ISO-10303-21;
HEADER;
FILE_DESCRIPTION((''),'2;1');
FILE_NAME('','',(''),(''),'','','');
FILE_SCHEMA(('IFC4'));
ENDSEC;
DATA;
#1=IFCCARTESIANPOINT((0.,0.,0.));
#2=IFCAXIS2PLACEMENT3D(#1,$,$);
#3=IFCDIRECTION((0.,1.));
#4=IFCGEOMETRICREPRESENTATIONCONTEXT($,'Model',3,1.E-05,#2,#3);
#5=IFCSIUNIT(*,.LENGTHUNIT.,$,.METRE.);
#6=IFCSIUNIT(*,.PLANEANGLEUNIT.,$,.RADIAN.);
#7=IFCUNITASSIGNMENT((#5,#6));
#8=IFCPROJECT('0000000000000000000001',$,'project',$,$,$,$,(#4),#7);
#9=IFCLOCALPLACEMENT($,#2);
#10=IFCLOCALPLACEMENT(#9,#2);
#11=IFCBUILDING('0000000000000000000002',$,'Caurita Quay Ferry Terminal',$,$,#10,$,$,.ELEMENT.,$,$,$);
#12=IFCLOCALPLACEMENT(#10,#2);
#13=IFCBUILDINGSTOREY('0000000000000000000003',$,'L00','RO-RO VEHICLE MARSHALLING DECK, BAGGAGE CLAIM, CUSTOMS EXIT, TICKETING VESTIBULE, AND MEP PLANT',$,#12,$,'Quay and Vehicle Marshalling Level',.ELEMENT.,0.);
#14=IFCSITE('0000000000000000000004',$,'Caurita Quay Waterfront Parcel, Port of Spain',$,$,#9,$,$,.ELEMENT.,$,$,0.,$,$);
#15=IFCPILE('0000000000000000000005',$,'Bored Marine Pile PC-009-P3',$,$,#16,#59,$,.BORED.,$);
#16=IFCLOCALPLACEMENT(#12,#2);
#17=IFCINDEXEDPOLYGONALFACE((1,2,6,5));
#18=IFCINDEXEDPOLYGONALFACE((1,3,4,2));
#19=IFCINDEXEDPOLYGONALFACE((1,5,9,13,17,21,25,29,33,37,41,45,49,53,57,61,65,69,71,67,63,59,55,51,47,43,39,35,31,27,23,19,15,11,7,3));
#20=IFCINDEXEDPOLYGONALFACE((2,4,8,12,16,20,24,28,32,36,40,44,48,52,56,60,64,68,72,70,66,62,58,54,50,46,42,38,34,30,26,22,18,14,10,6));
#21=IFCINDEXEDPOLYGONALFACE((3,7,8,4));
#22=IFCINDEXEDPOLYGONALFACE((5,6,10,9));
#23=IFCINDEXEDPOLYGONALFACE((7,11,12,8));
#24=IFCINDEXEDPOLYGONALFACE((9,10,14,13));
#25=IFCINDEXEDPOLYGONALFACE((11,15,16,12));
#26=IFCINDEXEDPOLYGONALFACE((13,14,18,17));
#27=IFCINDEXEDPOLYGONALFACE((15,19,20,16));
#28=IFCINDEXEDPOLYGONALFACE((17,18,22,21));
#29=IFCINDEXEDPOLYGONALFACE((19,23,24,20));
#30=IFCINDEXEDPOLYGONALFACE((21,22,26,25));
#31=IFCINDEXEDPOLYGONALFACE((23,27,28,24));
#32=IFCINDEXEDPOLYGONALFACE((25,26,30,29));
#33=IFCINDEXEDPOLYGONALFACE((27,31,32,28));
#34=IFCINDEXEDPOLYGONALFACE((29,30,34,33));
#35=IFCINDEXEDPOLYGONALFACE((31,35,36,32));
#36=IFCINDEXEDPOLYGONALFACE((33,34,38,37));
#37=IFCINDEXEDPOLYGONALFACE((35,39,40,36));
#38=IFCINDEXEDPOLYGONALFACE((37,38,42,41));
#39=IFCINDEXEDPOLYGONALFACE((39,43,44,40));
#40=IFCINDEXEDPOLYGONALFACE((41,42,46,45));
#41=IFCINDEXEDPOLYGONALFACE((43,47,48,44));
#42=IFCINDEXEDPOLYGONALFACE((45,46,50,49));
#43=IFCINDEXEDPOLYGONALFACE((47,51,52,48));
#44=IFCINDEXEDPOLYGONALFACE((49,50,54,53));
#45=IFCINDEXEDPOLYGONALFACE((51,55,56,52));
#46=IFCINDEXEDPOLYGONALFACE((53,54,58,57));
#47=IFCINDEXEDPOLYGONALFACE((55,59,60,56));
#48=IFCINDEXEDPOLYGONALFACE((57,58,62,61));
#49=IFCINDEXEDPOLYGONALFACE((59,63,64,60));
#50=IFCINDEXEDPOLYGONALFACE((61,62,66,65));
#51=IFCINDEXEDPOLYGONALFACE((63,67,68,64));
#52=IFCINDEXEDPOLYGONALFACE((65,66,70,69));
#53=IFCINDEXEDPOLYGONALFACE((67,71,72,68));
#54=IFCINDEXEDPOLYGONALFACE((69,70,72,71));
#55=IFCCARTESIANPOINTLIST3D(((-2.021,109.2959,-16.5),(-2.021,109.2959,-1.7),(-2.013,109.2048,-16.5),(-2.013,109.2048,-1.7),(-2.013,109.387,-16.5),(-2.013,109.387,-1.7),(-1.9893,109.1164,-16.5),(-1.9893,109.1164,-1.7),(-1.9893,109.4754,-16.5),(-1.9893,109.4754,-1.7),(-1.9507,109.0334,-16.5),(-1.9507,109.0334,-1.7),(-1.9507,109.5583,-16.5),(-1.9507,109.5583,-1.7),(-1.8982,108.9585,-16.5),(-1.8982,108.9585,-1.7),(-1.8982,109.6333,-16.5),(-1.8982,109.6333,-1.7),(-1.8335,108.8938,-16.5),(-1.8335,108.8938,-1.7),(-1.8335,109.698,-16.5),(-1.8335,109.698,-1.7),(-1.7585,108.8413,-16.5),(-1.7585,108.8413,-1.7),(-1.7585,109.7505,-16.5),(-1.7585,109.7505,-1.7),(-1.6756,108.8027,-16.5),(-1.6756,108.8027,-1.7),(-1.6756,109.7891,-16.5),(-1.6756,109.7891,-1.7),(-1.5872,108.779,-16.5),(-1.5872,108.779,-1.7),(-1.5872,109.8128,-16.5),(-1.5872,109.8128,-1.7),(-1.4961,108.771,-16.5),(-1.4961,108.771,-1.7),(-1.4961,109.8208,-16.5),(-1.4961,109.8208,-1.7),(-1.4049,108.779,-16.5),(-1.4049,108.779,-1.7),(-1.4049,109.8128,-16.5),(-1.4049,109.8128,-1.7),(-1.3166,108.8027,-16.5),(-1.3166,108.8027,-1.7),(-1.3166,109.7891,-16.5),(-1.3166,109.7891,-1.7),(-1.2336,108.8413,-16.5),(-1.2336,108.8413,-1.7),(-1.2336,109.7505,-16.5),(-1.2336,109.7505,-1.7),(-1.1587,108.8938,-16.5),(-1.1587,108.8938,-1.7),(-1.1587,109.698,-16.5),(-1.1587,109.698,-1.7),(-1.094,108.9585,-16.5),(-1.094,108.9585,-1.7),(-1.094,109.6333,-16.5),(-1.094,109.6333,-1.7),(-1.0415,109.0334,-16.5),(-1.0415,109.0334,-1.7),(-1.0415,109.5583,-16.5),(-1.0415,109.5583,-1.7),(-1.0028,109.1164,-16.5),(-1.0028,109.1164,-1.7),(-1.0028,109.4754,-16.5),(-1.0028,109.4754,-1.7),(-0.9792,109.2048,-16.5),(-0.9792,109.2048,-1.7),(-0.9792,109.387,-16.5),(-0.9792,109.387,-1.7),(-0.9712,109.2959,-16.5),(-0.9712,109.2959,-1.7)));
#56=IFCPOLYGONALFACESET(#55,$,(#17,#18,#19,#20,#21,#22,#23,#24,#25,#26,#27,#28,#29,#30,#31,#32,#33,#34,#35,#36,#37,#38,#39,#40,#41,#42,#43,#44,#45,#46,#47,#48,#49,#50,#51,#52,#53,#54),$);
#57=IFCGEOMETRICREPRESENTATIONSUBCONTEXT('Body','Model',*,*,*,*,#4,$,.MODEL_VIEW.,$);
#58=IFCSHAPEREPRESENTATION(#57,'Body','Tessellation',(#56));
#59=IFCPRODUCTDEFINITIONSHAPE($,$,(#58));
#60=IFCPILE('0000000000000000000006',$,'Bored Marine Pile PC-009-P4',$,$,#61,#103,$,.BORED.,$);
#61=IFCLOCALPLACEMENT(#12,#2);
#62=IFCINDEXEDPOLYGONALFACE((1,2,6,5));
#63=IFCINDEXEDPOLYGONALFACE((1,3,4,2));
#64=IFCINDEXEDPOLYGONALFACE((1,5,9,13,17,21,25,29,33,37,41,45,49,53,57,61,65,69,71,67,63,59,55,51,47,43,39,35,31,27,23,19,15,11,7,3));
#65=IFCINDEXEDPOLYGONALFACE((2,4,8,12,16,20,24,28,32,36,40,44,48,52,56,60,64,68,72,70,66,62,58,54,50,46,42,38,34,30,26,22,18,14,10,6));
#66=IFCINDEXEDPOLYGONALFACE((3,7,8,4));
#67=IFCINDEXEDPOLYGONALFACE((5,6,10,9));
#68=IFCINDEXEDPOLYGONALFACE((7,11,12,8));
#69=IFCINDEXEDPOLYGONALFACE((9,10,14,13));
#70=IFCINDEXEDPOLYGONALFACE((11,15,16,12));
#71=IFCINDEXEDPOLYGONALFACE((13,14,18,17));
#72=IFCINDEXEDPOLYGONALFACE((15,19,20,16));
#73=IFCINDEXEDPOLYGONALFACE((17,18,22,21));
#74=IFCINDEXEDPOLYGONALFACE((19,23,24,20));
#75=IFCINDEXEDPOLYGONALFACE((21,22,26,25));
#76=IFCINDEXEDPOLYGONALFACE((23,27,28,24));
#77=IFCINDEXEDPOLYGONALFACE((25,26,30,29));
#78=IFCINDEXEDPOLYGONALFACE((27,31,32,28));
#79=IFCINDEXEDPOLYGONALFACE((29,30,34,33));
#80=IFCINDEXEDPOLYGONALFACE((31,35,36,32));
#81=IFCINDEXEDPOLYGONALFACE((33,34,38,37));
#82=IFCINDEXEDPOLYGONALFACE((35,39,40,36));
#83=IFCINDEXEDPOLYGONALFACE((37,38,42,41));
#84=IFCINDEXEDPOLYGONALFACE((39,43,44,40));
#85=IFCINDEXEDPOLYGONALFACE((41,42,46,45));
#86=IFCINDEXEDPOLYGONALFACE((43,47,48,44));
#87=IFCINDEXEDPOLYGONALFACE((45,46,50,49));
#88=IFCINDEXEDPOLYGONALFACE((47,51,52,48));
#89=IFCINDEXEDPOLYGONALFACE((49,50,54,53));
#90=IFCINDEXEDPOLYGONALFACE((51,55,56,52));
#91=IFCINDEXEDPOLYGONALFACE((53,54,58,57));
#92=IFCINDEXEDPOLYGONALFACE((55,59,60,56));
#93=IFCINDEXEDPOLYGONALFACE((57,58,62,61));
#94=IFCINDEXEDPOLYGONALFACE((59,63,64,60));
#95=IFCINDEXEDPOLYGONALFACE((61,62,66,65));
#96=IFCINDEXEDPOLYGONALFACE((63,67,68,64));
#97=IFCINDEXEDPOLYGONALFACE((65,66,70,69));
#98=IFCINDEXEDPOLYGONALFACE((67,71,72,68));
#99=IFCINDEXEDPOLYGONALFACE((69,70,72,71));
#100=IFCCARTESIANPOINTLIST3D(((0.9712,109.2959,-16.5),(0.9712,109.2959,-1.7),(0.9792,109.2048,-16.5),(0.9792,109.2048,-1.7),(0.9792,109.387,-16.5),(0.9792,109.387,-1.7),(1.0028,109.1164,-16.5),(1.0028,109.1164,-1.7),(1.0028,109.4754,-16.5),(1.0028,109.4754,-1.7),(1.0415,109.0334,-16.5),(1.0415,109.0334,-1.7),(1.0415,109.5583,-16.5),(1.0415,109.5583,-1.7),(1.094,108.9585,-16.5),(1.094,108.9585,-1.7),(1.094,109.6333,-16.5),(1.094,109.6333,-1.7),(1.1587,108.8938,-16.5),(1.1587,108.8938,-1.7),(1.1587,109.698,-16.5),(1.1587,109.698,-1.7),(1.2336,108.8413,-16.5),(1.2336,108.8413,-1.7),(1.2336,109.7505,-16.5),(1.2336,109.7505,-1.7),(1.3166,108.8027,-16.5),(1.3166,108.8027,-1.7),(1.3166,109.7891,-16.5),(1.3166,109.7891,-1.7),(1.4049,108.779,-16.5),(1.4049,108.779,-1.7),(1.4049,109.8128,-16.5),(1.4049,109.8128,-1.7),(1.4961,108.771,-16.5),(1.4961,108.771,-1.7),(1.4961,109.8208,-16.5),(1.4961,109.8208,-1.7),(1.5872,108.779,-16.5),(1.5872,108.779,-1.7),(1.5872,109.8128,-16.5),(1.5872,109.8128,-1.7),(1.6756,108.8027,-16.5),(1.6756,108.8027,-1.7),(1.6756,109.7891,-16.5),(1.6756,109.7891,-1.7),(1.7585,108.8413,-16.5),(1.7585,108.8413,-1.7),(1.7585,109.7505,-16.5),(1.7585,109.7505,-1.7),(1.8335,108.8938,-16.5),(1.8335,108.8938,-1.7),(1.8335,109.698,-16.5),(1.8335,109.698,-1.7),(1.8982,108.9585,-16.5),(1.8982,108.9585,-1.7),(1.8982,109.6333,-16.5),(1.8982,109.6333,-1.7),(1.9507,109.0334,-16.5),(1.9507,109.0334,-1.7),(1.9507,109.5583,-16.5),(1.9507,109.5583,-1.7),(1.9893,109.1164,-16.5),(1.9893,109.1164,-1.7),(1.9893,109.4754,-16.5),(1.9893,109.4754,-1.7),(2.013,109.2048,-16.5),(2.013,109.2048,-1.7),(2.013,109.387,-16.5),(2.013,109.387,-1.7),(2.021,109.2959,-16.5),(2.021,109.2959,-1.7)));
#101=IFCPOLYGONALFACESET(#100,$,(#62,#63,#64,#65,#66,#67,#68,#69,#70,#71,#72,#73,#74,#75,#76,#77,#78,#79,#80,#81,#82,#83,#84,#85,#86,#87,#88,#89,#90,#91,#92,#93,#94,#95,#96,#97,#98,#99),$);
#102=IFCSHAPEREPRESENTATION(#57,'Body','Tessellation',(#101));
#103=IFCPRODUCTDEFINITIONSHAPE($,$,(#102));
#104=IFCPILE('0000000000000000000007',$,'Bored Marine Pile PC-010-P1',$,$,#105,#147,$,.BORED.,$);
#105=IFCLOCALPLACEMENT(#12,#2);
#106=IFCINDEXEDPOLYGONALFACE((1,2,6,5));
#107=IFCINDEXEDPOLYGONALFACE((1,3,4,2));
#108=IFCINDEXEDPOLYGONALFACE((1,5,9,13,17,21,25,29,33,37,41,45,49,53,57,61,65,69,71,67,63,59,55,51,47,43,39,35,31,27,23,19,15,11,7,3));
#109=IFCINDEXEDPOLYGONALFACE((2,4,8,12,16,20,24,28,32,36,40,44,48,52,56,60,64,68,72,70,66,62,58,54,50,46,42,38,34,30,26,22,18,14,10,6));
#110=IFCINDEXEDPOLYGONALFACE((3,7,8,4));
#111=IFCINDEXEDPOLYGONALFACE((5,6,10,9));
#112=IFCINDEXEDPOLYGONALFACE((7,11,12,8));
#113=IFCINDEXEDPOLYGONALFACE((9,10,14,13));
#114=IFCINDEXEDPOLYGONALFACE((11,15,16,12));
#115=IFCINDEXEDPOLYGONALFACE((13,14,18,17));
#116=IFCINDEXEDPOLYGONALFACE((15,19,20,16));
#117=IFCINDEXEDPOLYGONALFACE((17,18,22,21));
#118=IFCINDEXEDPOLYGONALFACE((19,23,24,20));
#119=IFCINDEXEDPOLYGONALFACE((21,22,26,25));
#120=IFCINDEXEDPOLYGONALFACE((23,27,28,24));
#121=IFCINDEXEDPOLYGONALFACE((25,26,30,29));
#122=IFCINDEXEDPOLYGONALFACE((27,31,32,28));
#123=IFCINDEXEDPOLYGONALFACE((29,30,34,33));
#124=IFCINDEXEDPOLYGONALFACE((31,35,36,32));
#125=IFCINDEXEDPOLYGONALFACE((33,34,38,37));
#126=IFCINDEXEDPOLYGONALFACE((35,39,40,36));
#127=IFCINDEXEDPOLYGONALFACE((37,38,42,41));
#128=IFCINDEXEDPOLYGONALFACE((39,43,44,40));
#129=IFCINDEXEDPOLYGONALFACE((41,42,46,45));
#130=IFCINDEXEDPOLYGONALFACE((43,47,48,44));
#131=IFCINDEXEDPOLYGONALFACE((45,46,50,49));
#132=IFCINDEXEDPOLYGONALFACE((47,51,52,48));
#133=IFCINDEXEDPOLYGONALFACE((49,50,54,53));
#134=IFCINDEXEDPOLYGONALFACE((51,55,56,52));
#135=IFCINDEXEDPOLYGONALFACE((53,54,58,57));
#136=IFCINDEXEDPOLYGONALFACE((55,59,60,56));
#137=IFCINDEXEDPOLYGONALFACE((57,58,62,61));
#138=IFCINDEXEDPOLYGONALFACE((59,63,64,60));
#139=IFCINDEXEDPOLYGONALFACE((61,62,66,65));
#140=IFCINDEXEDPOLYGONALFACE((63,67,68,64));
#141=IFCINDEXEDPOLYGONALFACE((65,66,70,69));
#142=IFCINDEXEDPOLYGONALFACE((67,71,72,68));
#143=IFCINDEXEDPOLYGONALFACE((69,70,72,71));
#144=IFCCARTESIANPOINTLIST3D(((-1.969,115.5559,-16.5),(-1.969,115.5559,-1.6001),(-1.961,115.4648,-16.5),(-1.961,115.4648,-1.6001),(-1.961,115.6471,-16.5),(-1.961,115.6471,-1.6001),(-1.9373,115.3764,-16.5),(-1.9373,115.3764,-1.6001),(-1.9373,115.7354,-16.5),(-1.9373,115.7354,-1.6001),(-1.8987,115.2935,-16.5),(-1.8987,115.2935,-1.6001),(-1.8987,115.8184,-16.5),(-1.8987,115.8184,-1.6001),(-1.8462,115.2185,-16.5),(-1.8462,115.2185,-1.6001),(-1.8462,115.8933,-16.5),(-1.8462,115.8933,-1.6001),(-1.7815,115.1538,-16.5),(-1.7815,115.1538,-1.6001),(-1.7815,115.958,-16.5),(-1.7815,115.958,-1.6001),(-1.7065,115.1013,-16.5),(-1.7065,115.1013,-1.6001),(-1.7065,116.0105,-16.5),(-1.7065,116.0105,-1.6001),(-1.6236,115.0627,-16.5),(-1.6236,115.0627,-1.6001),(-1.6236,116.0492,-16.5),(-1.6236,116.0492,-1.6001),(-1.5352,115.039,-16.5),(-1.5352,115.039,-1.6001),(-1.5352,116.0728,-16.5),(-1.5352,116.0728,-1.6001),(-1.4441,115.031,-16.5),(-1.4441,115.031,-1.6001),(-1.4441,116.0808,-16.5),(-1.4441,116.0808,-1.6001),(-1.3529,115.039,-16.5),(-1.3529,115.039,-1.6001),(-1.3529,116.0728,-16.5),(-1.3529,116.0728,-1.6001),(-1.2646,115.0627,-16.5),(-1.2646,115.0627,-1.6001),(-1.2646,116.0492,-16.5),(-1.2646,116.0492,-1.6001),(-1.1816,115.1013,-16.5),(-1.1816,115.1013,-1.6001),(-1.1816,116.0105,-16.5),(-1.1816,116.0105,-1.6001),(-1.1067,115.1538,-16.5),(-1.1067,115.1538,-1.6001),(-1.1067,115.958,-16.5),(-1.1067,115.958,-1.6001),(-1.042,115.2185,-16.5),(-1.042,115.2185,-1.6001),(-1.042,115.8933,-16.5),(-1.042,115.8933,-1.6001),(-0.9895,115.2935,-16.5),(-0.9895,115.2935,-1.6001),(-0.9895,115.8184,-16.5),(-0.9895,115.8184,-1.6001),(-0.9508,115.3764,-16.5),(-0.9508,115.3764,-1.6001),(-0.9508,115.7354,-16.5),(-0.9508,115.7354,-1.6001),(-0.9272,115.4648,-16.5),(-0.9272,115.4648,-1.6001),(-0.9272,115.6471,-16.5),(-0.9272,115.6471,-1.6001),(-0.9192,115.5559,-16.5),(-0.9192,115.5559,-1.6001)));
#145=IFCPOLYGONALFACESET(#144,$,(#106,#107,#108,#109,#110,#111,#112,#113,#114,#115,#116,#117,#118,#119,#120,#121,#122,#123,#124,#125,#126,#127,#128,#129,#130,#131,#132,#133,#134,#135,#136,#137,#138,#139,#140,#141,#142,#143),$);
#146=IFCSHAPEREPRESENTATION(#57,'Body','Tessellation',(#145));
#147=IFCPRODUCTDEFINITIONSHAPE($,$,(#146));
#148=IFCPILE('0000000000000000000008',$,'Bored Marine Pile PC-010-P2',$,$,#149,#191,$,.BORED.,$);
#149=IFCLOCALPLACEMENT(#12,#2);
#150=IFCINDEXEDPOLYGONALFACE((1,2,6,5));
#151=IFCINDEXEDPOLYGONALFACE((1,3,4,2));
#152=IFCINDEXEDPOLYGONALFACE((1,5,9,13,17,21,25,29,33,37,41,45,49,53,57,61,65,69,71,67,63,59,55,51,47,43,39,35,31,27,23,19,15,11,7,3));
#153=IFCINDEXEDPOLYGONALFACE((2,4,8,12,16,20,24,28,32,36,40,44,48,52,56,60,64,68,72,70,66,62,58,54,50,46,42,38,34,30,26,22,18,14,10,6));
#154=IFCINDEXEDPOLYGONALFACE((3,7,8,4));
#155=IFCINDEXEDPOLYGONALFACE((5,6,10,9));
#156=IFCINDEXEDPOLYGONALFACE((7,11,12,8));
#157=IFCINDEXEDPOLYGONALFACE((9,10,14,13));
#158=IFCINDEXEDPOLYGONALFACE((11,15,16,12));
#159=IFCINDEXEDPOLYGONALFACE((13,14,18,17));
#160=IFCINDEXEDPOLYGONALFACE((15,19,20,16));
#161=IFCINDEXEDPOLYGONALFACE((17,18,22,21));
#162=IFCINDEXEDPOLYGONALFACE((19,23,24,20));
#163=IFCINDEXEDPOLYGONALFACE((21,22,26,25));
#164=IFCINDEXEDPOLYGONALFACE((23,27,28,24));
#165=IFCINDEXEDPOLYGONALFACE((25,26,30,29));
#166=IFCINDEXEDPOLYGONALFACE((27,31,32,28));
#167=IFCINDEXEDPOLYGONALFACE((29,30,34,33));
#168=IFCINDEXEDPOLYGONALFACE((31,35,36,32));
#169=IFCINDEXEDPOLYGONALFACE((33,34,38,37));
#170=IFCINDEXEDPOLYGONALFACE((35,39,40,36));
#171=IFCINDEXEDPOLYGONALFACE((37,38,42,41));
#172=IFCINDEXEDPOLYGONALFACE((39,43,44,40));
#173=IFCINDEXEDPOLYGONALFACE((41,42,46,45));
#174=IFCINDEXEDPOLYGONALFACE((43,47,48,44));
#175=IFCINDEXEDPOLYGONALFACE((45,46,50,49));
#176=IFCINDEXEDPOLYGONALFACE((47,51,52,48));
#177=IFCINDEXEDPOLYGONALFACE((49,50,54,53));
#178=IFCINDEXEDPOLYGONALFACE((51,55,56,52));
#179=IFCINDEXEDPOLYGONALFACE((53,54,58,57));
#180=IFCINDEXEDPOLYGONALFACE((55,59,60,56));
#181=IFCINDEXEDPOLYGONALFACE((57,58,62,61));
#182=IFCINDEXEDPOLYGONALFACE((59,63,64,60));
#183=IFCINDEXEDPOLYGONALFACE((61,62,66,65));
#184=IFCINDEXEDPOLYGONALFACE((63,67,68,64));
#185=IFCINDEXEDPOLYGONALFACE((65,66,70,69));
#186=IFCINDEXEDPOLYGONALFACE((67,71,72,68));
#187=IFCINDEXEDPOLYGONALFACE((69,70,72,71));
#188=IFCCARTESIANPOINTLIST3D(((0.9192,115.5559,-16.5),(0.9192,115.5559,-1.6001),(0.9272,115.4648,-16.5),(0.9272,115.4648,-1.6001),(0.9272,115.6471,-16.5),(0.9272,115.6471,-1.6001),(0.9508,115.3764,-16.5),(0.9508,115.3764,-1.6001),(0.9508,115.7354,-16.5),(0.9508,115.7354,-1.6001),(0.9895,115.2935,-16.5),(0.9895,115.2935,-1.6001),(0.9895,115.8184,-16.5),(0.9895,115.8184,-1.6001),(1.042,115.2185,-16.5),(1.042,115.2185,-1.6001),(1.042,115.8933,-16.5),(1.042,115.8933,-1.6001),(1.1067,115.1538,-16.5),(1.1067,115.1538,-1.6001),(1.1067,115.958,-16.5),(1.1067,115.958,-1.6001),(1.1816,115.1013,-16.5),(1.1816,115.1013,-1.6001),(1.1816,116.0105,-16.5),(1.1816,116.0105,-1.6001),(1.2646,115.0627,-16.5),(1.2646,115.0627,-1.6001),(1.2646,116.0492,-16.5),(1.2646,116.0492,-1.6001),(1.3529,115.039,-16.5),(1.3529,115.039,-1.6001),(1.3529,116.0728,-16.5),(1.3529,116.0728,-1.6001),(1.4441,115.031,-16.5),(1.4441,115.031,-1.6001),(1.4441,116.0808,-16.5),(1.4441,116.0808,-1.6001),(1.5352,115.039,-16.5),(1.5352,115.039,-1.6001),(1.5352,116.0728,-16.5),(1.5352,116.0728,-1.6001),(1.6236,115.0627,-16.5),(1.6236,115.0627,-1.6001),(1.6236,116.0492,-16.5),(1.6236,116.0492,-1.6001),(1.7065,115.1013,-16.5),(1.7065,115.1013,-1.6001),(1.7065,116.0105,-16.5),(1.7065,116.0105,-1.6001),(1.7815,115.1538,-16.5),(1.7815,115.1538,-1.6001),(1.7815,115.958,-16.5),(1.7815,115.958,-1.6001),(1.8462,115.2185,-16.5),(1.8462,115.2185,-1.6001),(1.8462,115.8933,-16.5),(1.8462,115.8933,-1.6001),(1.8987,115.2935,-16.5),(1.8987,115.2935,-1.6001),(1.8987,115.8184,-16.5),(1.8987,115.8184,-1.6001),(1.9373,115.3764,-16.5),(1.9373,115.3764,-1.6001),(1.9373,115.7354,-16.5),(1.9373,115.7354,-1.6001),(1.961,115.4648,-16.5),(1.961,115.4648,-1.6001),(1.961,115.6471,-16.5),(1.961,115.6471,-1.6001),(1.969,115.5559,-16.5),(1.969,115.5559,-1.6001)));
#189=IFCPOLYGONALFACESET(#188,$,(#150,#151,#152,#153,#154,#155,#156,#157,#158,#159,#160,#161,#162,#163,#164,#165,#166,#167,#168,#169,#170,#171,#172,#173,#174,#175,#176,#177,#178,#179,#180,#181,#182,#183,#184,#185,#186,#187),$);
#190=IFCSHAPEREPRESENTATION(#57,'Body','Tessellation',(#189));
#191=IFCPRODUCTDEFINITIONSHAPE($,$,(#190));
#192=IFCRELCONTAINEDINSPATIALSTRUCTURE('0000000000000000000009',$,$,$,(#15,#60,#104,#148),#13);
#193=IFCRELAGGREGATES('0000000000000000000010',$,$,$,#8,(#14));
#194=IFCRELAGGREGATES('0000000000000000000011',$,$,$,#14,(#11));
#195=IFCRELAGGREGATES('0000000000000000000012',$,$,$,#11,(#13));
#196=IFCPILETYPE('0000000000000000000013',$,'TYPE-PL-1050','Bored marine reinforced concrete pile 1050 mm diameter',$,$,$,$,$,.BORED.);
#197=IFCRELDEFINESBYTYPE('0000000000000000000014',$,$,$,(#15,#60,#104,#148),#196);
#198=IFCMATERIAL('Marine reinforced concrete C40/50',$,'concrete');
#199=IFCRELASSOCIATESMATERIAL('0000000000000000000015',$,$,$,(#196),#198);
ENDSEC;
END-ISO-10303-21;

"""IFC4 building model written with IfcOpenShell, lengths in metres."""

from ifc_helpers import new_model, si_unit, direction, frame, origin, origin_2d, place, context, subcontext, project, spatial, circle, extrude, material, material_profile, profile_set, type_object, element, save


model = new_model("IFC4")

# Units and contexts
model_context = context("Model", 3, precision=1e-05, world=origin(), true_north=direction((0.0, 1.0)))
body_context = subcontext(model_context, "Body", "Model", "MODEL_VIEW")
ifc_project = project(units=[si_unit("LENGTHUNIT", "METRE"), si_unit("PLANEANGLEUNIT", "RADIAN")], contexts=[model_context])

# Site, building, storey
site_placement = place(None, origin())
site = spatial("IfcSite", under=ifc_project, at=site_placement, Name="Caurita Quay Waterfront Parcel, Port of Spain", CompositionType="ELEMENT", RefElevation=0.0)
building_placement = place(site_placement, origin())
building = spatial("IfcBuilding", under=site, at=building_placement, Name="Caurita Quay Ferry Terminal", CompositionType="ELEMENT")
storey_placement = place(building_placement, origin())
storey = spatial("IfcBuildingStorey", under=building, at=storey_placement, Name="L00", Description="RO-RO VEHICLE MARSHALLING DECK, BAGGAGE CLAIM, CUSTOMS EXIT, TICKETING VESTIBULE, AND MEP PLANT", LongName="Quay and Vehicle Marshalling Level", CompositionType="ELEMENT", Elevation=0.0)

# Piles
ifc_material_1 = material(Name="Marine reinforced concrete C40/50", Category="concrete")
ifc_material_profile_1 = material_profile(ifc_material_1, circle(Radius=0.5249, at=origin_2d()), Name="PILE-D1050")
ifc_profile_set_1 = profile_set([ifc_material_profile_1], Name="Marine reinforced concrete C40/50")
pile_type = type_object("IfcPileType", Name="TYPE-PL-1050", Description="Bored marine reinforced concrete pile 1050 mm diameter", PredefinedType="BORED", material=ifc_profile_set_1)
for number, where, z_axis, x_axis, name in (
    (1, (-1.4961, 109.2959, -1.7), (0.0, 0.0, -1.0), (1.0, 0.0, 0.0), "Bored Marine Pile PC-009-P3"),
    (2, (1.4961, 109.2959, -1.7), (0.0, 0.0, -1.0), (1.0, 0.0, 0.0), "Bored Marine Pile PC-009-P4"),
):
    element("IfcPile", number, at=place(storey_placement, frame(where, z_axis=z_axis, x_axis=x_axis)), inside=storey, type_object=pile_type, Name=name, PredefinedType="BORED", context=body_context, shape_type="SweptSolid", body=[
        extrude(circle(Radius=0.5249, at=origin_2d()), origin(), (0.0, 0.0, 1.0), 14.8),
    ])
for number, where, z_axis, x_axis, name in (
    (3, (-1.4441, 115.5559, -1.6001), (0.0, 0.0, -1.0), (1.0, 0.0, 0.0), "Bored Marine Pile PC-010-P1"),
    (4, (1.4441, 115.5559, -1.6001), (0.0, 0.0, -1.0), (1.0, 0.0, 0.0), "Bored Marine Pile PC-010-P2"),
):
    element("IfcPile", number, at=place(storey_placement, frame(where, z_axis=z_axis, x_axis=x_axis)), inside=storey, type_object=pile_type, Name=name, PredefinedType="BORED", context=body_context, shape_type="SweptSolid", body=[
        extrude(circle(Radius=0.5249, at=origin_2d()), origin(), (0.0, 0.0, 1.0), 14.8999),
    ])

save(model, "model.ifc")
